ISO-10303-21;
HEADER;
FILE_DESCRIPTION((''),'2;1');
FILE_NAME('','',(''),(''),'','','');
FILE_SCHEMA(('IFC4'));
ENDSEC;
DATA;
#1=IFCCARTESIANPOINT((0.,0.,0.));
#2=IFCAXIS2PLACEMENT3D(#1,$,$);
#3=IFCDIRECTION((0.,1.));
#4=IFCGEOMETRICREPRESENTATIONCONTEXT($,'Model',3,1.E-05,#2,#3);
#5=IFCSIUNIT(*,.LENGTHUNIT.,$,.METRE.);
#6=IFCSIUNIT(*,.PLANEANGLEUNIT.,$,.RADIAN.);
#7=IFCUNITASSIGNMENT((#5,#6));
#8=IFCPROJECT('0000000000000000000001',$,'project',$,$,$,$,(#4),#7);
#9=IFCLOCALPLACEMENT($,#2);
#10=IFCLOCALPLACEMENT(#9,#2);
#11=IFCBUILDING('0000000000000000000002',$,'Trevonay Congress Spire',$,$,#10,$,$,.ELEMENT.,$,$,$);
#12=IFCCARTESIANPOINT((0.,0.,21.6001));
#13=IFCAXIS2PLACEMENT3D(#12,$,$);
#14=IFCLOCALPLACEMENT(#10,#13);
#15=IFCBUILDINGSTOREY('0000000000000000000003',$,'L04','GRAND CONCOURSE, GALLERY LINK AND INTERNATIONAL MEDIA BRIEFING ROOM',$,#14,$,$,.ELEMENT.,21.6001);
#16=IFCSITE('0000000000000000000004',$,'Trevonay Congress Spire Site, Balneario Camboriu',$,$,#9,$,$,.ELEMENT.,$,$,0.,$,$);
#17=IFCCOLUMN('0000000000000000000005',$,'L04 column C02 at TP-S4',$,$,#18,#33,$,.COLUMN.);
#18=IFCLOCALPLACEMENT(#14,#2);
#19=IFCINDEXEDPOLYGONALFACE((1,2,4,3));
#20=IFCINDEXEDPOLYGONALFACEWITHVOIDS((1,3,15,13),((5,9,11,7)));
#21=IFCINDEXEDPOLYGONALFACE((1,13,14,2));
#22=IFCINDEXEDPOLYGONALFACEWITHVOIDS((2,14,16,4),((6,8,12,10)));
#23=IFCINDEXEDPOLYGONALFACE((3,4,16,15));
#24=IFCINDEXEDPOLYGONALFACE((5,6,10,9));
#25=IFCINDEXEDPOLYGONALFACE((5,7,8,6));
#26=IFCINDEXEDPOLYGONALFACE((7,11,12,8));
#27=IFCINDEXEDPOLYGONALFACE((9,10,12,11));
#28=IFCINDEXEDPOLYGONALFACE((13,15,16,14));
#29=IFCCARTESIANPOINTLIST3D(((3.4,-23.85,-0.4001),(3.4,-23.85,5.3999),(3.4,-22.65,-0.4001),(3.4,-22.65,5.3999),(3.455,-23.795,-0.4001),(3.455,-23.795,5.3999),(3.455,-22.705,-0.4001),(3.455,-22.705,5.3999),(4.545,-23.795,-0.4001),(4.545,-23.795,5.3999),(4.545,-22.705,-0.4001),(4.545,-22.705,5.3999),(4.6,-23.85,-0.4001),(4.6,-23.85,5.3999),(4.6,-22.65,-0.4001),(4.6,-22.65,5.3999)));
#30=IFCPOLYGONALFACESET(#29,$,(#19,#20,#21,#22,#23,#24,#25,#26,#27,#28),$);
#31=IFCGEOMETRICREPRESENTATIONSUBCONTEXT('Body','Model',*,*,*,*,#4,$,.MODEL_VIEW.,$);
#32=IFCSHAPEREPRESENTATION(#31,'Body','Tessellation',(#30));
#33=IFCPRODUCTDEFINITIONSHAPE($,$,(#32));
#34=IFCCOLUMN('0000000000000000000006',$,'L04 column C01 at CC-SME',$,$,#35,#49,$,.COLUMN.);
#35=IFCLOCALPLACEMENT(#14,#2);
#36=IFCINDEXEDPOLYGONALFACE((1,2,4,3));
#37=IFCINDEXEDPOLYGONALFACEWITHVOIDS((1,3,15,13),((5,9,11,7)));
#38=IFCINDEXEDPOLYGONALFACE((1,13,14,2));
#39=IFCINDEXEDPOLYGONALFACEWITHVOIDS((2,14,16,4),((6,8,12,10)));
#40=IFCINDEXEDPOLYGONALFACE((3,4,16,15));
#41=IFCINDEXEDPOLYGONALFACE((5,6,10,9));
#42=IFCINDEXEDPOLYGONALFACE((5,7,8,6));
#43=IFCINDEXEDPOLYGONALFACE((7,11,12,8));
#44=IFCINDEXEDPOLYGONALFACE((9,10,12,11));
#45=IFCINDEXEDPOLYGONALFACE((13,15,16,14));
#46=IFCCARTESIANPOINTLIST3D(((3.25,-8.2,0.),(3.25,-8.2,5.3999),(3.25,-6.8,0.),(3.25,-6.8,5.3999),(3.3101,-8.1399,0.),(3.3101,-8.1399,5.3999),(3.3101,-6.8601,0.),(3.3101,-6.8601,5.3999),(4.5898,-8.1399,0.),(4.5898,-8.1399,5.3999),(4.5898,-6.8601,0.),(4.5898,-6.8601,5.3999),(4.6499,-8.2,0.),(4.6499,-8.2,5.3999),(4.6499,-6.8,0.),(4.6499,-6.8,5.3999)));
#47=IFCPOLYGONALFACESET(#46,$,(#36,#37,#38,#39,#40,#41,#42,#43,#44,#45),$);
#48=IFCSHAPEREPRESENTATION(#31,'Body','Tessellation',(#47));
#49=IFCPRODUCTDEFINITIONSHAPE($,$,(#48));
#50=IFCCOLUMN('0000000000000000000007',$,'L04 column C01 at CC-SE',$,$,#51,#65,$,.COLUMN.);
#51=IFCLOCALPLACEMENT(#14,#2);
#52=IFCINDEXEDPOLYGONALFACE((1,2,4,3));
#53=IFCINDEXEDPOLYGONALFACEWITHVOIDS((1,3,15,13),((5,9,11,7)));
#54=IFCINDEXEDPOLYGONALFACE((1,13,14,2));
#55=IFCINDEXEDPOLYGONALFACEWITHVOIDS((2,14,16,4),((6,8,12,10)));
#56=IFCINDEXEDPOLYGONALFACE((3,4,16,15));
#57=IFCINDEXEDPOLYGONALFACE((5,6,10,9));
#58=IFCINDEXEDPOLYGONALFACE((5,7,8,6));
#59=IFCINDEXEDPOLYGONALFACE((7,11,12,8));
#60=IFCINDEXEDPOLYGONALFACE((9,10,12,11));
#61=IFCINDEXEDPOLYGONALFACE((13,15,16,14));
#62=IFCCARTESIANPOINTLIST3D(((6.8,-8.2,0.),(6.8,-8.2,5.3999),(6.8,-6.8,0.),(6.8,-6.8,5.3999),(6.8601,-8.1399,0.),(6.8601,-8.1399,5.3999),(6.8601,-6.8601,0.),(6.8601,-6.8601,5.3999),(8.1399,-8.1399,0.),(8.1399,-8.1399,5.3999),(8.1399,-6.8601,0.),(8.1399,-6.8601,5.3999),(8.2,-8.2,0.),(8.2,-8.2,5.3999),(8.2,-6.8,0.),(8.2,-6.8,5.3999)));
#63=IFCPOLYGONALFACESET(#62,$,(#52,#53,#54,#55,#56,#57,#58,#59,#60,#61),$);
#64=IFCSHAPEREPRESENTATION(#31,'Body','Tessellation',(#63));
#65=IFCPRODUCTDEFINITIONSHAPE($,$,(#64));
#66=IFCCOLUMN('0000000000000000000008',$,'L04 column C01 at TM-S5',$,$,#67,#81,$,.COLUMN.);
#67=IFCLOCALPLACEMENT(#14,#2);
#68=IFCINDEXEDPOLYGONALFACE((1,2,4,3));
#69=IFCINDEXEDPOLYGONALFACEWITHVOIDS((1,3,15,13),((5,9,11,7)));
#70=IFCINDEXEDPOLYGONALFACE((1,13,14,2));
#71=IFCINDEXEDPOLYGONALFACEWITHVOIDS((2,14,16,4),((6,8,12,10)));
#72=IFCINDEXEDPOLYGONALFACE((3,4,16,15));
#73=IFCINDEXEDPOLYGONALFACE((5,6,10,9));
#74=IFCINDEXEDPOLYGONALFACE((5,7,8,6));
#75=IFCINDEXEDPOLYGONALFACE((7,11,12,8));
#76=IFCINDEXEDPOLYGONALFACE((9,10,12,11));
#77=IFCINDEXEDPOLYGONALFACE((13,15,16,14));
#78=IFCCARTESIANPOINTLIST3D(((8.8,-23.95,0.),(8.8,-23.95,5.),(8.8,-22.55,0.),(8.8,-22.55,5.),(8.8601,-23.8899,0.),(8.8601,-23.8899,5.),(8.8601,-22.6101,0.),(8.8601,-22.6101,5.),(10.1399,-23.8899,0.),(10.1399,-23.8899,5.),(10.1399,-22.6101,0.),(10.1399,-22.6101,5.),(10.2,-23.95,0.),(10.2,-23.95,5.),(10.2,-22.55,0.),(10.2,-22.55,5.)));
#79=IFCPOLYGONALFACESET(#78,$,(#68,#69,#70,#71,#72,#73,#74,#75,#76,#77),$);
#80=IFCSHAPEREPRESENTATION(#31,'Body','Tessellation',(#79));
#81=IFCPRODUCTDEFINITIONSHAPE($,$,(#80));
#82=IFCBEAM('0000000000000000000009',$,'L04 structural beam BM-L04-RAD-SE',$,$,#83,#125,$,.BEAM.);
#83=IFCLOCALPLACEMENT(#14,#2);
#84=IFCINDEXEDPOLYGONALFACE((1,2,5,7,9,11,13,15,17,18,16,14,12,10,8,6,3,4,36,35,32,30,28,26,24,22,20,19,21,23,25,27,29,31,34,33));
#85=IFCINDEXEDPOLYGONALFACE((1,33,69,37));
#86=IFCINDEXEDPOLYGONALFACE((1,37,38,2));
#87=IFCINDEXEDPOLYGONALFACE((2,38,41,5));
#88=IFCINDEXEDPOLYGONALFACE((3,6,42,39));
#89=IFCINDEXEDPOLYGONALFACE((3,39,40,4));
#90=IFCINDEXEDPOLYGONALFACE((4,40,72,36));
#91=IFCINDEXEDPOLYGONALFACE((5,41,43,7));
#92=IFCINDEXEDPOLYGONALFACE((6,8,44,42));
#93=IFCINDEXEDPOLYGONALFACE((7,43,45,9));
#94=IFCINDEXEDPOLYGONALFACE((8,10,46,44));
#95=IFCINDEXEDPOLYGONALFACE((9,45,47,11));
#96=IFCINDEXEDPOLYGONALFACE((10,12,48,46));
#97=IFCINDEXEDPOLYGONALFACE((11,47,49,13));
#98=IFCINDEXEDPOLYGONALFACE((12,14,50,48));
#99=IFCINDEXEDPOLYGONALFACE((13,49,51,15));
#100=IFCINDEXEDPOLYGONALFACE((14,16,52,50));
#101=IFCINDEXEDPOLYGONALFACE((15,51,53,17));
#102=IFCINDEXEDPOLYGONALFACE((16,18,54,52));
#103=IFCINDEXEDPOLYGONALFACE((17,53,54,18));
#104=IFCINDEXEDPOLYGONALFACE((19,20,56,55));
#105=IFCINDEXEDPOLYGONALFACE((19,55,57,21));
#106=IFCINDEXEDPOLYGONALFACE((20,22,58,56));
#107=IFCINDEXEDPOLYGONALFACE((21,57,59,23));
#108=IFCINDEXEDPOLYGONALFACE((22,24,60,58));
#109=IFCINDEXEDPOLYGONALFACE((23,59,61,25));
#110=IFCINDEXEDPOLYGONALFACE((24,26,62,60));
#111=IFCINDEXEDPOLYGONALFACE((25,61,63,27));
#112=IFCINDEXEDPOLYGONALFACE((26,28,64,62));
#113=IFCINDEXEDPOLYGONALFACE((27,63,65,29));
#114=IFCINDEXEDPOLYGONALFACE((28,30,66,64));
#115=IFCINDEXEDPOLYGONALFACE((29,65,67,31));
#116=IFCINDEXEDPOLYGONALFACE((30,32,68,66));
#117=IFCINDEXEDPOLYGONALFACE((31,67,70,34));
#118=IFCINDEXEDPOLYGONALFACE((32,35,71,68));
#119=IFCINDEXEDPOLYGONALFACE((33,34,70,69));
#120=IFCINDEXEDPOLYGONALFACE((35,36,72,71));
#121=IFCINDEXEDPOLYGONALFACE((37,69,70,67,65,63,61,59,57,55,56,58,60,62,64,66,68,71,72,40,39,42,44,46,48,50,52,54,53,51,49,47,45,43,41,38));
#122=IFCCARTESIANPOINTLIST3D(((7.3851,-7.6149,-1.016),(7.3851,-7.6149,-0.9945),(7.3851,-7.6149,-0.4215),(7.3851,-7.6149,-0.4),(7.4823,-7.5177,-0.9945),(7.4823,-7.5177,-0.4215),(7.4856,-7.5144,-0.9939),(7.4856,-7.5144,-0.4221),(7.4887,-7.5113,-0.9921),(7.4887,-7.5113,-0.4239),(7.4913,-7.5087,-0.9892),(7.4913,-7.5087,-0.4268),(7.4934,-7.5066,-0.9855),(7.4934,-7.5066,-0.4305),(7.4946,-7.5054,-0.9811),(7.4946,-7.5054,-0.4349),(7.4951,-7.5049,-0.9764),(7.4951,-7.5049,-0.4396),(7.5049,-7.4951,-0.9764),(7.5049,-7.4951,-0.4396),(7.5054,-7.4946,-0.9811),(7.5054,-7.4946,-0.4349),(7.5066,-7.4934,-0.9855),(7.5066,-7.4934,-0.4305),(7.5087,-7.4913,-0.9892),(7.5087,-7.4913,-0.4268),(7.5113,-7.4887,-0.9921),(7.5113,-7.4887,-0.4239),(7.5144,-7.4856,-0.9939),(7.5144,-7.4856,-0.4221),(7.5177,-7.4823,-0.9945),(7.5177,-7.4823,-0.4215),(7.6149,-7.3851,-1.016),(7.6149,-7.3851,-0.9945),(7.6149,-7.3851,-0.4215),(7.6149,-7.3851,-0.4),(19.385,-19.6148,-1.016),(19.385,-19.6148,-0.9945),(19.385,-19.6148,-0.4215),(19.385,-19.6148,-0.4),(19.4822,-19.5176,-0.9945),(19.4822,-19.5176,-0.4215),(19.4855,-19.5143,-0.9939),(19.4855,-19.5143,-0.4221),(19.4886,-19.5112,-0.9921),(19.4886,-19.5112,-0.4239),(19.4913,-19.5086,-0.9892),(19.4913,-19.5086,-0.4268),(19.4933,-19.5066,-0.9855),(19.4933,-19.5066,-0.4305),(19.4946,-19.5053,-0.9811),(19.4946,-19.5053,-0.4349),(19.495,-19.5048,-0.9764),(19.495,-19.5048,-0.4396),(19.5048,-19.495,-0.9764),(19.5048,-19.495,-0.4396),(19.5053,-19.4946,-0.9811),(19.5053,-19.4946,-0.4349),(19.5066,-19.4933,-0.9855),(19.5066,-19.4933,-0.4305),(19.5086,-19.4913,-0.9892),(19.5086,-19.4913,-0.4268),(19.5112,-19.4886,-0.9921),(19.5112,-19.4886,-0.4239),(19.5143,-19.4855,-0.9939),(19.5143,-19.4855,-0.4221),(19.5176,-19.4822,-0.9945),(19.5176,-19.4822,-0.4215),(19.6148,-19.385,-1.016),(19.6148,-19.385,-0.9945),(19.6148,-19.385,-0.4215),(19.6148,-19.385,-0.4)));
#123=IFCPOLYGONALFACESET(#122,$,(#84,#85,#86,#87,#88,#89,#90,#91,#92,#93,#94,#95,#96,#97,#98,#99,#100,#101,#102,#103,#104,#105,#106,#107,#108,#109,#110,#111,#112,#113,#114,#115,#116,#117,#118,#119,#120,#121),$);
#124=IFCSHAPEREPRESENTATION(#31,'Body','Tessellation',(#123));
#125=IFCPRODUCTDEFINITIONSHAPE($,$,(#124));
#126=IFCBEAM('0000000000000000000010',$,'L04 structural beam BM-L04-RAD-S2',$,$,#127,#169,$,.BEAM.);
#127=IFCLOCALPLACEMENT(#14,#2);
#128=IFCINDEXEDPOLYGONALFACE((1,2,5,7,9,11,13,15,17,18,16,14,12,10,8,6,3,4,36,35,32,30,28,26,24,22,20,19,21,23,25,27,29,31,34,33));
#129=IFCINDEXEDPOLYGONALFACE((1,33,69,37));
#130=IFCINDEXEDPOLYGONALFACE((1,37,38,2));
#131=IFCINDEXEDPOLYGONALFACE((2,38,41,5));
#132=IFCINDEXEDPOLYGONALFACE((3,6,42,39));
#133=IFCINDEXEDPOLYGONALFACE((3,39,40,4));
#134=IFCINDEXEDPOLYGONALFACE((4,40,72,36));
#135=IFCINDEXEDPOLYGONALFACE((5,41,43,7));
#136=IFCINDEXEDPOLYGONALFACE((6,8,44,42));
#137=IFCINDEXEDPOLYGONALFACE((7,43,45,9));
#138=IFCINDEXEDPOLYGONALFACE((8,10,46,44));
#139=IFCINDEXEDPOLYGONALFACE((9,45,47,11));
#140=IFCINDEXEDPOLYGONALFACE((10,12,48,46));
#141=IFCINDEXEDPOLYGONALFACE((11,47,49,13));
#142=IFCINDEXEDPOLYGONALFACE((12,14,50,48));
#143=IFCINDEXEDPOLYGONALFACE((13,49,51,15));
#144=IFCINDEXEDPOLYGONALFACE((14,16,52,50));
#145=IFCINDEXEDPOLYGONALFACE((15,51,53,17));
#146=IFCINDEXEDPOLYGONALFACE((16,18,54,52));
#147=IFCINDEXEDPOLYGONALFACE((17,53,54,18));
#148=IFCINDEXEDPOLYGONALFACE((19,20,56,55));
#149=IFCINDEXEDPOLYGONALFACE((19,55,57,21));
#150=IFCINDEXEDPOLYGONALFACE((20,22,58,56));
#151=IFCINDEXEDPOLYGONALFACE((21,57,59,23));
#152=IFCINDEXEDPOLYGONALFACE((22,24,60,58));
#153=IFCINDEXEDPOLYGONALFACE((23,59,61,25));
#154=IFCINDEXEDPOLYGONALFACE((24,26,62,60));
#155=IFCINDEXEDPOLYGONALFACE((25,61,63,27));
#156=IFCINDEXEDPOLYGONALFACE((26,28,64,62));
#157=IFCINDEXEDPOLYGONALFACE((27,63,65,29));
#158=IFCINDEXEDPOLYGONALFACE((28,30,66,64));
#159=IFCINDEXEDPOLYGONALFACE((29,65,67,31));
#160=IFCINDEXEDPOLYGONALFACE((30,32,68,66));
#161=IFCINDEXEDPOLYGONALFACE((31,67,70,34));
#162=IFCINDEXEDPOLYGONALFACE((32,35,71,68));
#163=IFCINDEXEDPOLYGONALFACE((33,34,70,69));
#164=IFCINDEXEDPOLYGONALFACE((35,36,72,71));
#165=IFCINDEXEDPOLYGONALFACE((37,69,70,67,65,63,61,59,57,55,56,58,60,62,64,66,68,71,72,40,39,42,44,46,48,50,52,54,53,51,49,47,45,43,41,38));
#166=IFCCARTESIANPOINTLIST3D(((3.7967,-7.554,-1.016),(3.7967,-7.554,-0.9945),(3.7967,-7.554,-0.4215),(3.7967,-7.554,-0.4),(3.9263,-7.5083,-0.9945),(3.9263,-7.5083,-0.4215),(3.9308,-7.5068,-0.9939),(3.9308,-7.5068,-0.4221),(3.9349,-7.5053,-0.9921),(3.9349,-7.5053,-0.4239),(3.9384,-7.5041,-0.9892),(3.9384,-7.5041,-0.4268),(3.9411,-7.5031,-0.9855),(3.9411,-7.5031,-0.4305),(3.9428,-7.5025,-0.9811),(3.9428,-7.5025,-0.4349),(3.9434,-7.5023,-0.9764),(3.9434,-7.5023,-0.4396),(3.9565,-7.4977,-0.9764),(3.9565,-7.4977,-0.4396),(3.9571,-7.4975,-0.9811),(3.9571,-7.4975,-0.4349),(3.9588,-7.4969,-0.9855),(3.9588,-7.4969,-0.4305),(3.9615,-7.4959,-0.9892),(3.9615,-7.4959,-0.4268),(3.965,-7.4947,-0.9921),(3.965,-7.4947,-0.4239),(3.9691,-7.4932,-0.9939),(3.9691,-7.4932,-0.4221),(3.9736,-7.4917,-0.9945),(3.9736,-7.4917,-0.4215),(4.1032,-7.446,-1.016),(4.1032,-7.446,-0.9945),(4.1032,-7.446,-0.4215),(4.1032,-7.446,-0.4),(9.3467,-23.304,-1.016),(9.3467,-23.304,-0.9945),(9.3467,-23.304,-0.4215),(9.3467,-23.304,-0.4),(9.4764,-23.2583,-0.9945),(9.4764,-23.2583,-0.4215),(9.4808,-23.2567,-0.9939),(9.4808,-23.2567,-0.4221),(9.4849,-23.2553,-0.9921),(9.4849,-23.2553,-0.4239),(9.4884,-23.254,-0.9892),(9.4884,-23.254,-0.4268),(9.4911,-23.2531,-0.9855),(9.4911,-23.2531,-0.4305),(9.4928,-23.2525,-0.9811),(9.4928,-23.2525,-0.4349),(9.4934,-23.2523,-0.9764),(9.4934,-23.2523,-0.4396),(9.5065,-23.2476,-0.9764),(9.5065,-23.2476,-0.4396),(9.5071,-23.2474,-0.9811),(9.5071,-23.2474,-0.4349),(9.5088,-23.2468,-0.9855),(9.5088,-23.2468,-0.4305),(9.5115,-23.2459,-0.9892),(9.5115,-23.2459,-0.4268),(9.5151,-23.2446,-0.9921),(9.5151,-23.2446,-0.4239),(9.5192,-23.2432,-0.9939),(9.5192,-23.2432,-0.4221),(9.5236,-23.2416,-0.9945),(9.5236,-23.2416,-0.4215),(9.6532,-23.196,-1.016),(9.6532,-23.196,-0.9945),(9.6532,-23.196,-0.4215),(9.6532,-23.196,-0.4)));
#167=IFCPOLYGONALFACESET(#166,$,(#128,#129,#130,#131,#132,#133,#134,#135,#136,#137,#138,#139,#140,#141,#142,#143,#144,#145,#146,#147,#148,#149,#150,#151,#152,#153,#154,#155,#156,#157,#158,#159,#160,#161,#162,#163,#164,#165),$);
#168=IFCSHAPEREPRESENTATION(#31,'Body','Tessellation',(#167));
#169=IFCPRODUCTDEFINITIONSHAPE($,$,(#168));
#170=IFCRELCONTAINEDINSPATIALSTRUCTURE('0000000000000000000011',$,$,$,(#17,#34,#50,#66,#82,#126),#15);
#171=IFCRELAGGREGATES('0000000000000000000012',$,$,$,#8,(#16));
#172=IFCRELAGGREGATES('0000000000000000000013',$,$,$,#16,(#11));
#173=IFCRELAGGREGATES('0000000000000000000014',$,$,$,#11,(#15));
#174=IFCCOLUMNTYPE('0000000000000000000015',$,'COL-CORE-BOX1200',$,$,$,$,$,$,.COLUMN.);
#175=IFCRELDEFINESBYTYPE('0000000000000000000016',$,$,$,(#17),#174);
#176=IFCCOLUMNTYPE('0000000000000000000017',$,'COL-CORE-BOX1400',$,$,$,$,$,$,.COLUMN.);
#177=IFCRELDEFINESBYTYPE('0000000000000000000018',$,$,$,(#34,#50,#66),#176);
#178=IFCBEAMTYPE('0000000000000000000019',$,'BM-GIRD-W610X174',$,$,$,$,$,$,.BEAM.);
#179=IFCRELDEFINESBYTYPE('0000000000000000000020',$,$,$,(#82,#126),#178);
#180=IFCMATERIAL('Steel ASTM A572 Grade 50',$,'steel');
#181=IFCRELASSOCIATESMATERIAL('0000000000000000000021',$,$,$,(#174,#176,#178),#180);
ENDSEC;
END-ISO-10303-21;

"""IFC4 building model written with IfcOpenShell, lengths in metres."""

from ifc_helpers import new_model, si_unit, direction, frame, origin, origin_2d, place, context, subcontext, project, spatial, hollow_rectangle, i_section, extrude, material, material_profile, profile_set, type_object, element, save


model = new_model("IFC4")

# Units and contexts
model_context = context("Model", 3, precision=1e-05, world=origin(), true_north=direction((0.0, 1.0)))
body_context = subcontext(model_context, "Body", "Model", "MODEL_VIEW")
ifc_project = project(units=[si_unit("LENGTHUNIT", "METRE"), si_unit("PLANEANGLEUNIT", "RADIAN")], contexts=[model_context])

# Site, building, storey
site_placement = place(None, origin())
site = spatial("IfcSite", under=ifc_project, at=site_placement, Name="Trevonay Congress Spire Site, Balneario Camboriu", CompositionType="ELEMENT", RefElevation=0.0)
building_placement = place(site_placement, origin())
building = spatial("IfcBuilding", under=site, at=building_placement, Name="Trevonay Congress Spire", CompositionType="ELEMENT")
storey_placement = place(building_placement, frame((0.0, 0.0, 21.6001)))
storey = spatial("IfcBuildingStorey", under=building, at=storey_placement, Name="L04", Description="GRAND CONCOURSE, GALLERY LINK AND INTERNATIONAL MEDIA BRIEFING ROOM", CompositionType="ELEMENT", Elevation=21.6001)

# Columns
ifc_material_1 = material(Name="Steel ASTM A572 Grade 50", Category="steel")
ifc_material_profile_1 = material_profile(ifc_material_1, hollow_rectangle(XDim=1.2, YDim=1.2, WallThickness=0.0549, at=origin_2d()), Name="BOX 1200x1200x55")
ifc_profile_set_1 = profile_set([ifc_material_profile_1], Name="Steel ASTM A572 Grade 50")
column_type_1 = type_object("IfcColumnType", Name="COL-CORE-BOX1200", PredefinedType="COLUMN", material=ifc_profile_set_1)
column_1_placement = place(storey_placement, frame((4.0, -23.25, -0.4001), z_axis=(0.0, 0.0, 1.0), x_axis=(1.0, 0.0, 0.0)))
element("IfcColumn", 1, at=column_1_placement, inside=storey, type_object=column_type_1, Name="L04 column C02 at TP-S4", PredefinedType="COLUMN", context=body_context, shape_type="SweptSolid", body=[
    extrude(hollow_rectangle(XDim=1.2, YDim=1.2, WallThickness=0.0549, at=origin_2d()), origin(), (0.0, 0.0, 1.0), 5.8),
])
ifc_material_profile_2 = material_profile(ifc_material_1, hollow_rectangle(XDim=1.3999, YDim=1.3999, WallThickness=0.0601, at=origin_2d()), Name="BOX 1400x1400x60")
ifc_profile_set_2 = profile_set([ifc_material_profile_2], Name="Steel ASTM A572 Grade 50")
column_type_2 = type_object("IfcColumnType", Name="COL-CORE-BOX1400", PredefinedType="COLUMN", material=ifc_profile_set_2)
for number, where, z_axis, x_axis, name in (
    (2, (3.95, -7.5, 0.0), (0.0, 0.0, 1.0), (1.0, 0.0, 0.0), "L04 column C01 at CC-SME"),
    (3, (7.5, -7.5, 0.0), (0.0, 0.0, 1.0), (1.0, 0.0, 0.0), "L04 column C01 at CC-SE"),
):
    element("IfcColumn", number, at=place(storey_placement, frame(where, z_axis=z_axis, x_axis=x_axis)), inside=storey, type_object=column_type_2, Name=name, PredefinedType="COLUMN", context=body_context, shape_type="SweptSolid", body=[
        extrude(hollow_rectangle(XDim=1.3999, YDim=1.3999, WallThickness=0.0601, at=origin_2d()), origin(), (0.0, 0.0, 1.0), 5.3999),
    ])
column_2_placement = place(storey_placement, frame((9.5, -23.25, 0.0), z_axis=(0.0, 0.0, 1.0), x_axis=(1.0, 0.0, 0.0)))
element("IfcColumn", 4, at=column_2_placement, inside=storey, type_object=column_type_2, Name="L04 column C01 at TM-S5", PredefinedType="COLUMN", context=body_context, shape_type="SweptSolid", body=[
    extrude(hollow_rectangle(XDim=1.3999, YDim=1.3999, WallThickness=0.0601, at=origin_2d()), origin(), (0.0, 0.0, 1.0), 5.0),
])

# Beams
ifc_material_profile_3 = material_profile(ifc_material_1, i_section(OverallWidth=0.325, OverallDepth=0.616, WebThickness=0.0139, FlangeThickness=0.0215, FilletRadius=0.0181, at=origin_2d()), Name="W610x174")
ifc_profile_set_3 = profile_set([ifc_material_profile_3], Name="Steel ASTM A572 Grade 50")
beam_type_1 = type_object("IfcBeamType", Name="BM-GIRD-W610X174", PredefinedType="BEAM", material=ifc_profile_set_3)
beam_1_placement = place(storey_placement, frame((7.5, -7.5, -0.708), z_axis=(0.707107, -0.707107, 0.0), x_axis=(0.707107, 0.707107, 0.0)))
element("IfcBeam", 5, at=beam_1_placement, inside=storey, type_object=beam_type_1, Name="L04 structural beam BM-L04-RAD-SE", PredefinedType="BEAM", context=body_context, shape_type="SweptSolid", body=[
    extrude(i_section(OverallWidth=0.325, OverallDepth=0.616, WebThickness=0.0139, FlangeThickness=0.0215, FilletRadius=0.0181, at=origin_2d()), origin(), (0.0, 0.0, 1.0), 16.9705),
])
beam_2_placement = place(storey_placement, frame((3.95, -7.5, -0.708), z_axis=(0.332353, -0.943155, 0.0), x_axis=(0.943155, 0.332353, 0.0)))
element("IfcBeam", 6, at=beam_2_placement, inside=storey, type_object=beam_type_1, Name="L04 structural beam BM-L04-RAD-S2", PredefinedType="BEAM", context=body_context, shape_type="SweptSolid", body=[
    extrude(i_section(OverallWidth=0.325, OverallDepth=0.616, WebThickness=0.0139, FlangeThickness=0.0215, FilletRadius=0.0181, at=origin_2d()), origin(), (0.0, 0.0, 1.0), 16.6992),
])

save(model, "model.ifc")
